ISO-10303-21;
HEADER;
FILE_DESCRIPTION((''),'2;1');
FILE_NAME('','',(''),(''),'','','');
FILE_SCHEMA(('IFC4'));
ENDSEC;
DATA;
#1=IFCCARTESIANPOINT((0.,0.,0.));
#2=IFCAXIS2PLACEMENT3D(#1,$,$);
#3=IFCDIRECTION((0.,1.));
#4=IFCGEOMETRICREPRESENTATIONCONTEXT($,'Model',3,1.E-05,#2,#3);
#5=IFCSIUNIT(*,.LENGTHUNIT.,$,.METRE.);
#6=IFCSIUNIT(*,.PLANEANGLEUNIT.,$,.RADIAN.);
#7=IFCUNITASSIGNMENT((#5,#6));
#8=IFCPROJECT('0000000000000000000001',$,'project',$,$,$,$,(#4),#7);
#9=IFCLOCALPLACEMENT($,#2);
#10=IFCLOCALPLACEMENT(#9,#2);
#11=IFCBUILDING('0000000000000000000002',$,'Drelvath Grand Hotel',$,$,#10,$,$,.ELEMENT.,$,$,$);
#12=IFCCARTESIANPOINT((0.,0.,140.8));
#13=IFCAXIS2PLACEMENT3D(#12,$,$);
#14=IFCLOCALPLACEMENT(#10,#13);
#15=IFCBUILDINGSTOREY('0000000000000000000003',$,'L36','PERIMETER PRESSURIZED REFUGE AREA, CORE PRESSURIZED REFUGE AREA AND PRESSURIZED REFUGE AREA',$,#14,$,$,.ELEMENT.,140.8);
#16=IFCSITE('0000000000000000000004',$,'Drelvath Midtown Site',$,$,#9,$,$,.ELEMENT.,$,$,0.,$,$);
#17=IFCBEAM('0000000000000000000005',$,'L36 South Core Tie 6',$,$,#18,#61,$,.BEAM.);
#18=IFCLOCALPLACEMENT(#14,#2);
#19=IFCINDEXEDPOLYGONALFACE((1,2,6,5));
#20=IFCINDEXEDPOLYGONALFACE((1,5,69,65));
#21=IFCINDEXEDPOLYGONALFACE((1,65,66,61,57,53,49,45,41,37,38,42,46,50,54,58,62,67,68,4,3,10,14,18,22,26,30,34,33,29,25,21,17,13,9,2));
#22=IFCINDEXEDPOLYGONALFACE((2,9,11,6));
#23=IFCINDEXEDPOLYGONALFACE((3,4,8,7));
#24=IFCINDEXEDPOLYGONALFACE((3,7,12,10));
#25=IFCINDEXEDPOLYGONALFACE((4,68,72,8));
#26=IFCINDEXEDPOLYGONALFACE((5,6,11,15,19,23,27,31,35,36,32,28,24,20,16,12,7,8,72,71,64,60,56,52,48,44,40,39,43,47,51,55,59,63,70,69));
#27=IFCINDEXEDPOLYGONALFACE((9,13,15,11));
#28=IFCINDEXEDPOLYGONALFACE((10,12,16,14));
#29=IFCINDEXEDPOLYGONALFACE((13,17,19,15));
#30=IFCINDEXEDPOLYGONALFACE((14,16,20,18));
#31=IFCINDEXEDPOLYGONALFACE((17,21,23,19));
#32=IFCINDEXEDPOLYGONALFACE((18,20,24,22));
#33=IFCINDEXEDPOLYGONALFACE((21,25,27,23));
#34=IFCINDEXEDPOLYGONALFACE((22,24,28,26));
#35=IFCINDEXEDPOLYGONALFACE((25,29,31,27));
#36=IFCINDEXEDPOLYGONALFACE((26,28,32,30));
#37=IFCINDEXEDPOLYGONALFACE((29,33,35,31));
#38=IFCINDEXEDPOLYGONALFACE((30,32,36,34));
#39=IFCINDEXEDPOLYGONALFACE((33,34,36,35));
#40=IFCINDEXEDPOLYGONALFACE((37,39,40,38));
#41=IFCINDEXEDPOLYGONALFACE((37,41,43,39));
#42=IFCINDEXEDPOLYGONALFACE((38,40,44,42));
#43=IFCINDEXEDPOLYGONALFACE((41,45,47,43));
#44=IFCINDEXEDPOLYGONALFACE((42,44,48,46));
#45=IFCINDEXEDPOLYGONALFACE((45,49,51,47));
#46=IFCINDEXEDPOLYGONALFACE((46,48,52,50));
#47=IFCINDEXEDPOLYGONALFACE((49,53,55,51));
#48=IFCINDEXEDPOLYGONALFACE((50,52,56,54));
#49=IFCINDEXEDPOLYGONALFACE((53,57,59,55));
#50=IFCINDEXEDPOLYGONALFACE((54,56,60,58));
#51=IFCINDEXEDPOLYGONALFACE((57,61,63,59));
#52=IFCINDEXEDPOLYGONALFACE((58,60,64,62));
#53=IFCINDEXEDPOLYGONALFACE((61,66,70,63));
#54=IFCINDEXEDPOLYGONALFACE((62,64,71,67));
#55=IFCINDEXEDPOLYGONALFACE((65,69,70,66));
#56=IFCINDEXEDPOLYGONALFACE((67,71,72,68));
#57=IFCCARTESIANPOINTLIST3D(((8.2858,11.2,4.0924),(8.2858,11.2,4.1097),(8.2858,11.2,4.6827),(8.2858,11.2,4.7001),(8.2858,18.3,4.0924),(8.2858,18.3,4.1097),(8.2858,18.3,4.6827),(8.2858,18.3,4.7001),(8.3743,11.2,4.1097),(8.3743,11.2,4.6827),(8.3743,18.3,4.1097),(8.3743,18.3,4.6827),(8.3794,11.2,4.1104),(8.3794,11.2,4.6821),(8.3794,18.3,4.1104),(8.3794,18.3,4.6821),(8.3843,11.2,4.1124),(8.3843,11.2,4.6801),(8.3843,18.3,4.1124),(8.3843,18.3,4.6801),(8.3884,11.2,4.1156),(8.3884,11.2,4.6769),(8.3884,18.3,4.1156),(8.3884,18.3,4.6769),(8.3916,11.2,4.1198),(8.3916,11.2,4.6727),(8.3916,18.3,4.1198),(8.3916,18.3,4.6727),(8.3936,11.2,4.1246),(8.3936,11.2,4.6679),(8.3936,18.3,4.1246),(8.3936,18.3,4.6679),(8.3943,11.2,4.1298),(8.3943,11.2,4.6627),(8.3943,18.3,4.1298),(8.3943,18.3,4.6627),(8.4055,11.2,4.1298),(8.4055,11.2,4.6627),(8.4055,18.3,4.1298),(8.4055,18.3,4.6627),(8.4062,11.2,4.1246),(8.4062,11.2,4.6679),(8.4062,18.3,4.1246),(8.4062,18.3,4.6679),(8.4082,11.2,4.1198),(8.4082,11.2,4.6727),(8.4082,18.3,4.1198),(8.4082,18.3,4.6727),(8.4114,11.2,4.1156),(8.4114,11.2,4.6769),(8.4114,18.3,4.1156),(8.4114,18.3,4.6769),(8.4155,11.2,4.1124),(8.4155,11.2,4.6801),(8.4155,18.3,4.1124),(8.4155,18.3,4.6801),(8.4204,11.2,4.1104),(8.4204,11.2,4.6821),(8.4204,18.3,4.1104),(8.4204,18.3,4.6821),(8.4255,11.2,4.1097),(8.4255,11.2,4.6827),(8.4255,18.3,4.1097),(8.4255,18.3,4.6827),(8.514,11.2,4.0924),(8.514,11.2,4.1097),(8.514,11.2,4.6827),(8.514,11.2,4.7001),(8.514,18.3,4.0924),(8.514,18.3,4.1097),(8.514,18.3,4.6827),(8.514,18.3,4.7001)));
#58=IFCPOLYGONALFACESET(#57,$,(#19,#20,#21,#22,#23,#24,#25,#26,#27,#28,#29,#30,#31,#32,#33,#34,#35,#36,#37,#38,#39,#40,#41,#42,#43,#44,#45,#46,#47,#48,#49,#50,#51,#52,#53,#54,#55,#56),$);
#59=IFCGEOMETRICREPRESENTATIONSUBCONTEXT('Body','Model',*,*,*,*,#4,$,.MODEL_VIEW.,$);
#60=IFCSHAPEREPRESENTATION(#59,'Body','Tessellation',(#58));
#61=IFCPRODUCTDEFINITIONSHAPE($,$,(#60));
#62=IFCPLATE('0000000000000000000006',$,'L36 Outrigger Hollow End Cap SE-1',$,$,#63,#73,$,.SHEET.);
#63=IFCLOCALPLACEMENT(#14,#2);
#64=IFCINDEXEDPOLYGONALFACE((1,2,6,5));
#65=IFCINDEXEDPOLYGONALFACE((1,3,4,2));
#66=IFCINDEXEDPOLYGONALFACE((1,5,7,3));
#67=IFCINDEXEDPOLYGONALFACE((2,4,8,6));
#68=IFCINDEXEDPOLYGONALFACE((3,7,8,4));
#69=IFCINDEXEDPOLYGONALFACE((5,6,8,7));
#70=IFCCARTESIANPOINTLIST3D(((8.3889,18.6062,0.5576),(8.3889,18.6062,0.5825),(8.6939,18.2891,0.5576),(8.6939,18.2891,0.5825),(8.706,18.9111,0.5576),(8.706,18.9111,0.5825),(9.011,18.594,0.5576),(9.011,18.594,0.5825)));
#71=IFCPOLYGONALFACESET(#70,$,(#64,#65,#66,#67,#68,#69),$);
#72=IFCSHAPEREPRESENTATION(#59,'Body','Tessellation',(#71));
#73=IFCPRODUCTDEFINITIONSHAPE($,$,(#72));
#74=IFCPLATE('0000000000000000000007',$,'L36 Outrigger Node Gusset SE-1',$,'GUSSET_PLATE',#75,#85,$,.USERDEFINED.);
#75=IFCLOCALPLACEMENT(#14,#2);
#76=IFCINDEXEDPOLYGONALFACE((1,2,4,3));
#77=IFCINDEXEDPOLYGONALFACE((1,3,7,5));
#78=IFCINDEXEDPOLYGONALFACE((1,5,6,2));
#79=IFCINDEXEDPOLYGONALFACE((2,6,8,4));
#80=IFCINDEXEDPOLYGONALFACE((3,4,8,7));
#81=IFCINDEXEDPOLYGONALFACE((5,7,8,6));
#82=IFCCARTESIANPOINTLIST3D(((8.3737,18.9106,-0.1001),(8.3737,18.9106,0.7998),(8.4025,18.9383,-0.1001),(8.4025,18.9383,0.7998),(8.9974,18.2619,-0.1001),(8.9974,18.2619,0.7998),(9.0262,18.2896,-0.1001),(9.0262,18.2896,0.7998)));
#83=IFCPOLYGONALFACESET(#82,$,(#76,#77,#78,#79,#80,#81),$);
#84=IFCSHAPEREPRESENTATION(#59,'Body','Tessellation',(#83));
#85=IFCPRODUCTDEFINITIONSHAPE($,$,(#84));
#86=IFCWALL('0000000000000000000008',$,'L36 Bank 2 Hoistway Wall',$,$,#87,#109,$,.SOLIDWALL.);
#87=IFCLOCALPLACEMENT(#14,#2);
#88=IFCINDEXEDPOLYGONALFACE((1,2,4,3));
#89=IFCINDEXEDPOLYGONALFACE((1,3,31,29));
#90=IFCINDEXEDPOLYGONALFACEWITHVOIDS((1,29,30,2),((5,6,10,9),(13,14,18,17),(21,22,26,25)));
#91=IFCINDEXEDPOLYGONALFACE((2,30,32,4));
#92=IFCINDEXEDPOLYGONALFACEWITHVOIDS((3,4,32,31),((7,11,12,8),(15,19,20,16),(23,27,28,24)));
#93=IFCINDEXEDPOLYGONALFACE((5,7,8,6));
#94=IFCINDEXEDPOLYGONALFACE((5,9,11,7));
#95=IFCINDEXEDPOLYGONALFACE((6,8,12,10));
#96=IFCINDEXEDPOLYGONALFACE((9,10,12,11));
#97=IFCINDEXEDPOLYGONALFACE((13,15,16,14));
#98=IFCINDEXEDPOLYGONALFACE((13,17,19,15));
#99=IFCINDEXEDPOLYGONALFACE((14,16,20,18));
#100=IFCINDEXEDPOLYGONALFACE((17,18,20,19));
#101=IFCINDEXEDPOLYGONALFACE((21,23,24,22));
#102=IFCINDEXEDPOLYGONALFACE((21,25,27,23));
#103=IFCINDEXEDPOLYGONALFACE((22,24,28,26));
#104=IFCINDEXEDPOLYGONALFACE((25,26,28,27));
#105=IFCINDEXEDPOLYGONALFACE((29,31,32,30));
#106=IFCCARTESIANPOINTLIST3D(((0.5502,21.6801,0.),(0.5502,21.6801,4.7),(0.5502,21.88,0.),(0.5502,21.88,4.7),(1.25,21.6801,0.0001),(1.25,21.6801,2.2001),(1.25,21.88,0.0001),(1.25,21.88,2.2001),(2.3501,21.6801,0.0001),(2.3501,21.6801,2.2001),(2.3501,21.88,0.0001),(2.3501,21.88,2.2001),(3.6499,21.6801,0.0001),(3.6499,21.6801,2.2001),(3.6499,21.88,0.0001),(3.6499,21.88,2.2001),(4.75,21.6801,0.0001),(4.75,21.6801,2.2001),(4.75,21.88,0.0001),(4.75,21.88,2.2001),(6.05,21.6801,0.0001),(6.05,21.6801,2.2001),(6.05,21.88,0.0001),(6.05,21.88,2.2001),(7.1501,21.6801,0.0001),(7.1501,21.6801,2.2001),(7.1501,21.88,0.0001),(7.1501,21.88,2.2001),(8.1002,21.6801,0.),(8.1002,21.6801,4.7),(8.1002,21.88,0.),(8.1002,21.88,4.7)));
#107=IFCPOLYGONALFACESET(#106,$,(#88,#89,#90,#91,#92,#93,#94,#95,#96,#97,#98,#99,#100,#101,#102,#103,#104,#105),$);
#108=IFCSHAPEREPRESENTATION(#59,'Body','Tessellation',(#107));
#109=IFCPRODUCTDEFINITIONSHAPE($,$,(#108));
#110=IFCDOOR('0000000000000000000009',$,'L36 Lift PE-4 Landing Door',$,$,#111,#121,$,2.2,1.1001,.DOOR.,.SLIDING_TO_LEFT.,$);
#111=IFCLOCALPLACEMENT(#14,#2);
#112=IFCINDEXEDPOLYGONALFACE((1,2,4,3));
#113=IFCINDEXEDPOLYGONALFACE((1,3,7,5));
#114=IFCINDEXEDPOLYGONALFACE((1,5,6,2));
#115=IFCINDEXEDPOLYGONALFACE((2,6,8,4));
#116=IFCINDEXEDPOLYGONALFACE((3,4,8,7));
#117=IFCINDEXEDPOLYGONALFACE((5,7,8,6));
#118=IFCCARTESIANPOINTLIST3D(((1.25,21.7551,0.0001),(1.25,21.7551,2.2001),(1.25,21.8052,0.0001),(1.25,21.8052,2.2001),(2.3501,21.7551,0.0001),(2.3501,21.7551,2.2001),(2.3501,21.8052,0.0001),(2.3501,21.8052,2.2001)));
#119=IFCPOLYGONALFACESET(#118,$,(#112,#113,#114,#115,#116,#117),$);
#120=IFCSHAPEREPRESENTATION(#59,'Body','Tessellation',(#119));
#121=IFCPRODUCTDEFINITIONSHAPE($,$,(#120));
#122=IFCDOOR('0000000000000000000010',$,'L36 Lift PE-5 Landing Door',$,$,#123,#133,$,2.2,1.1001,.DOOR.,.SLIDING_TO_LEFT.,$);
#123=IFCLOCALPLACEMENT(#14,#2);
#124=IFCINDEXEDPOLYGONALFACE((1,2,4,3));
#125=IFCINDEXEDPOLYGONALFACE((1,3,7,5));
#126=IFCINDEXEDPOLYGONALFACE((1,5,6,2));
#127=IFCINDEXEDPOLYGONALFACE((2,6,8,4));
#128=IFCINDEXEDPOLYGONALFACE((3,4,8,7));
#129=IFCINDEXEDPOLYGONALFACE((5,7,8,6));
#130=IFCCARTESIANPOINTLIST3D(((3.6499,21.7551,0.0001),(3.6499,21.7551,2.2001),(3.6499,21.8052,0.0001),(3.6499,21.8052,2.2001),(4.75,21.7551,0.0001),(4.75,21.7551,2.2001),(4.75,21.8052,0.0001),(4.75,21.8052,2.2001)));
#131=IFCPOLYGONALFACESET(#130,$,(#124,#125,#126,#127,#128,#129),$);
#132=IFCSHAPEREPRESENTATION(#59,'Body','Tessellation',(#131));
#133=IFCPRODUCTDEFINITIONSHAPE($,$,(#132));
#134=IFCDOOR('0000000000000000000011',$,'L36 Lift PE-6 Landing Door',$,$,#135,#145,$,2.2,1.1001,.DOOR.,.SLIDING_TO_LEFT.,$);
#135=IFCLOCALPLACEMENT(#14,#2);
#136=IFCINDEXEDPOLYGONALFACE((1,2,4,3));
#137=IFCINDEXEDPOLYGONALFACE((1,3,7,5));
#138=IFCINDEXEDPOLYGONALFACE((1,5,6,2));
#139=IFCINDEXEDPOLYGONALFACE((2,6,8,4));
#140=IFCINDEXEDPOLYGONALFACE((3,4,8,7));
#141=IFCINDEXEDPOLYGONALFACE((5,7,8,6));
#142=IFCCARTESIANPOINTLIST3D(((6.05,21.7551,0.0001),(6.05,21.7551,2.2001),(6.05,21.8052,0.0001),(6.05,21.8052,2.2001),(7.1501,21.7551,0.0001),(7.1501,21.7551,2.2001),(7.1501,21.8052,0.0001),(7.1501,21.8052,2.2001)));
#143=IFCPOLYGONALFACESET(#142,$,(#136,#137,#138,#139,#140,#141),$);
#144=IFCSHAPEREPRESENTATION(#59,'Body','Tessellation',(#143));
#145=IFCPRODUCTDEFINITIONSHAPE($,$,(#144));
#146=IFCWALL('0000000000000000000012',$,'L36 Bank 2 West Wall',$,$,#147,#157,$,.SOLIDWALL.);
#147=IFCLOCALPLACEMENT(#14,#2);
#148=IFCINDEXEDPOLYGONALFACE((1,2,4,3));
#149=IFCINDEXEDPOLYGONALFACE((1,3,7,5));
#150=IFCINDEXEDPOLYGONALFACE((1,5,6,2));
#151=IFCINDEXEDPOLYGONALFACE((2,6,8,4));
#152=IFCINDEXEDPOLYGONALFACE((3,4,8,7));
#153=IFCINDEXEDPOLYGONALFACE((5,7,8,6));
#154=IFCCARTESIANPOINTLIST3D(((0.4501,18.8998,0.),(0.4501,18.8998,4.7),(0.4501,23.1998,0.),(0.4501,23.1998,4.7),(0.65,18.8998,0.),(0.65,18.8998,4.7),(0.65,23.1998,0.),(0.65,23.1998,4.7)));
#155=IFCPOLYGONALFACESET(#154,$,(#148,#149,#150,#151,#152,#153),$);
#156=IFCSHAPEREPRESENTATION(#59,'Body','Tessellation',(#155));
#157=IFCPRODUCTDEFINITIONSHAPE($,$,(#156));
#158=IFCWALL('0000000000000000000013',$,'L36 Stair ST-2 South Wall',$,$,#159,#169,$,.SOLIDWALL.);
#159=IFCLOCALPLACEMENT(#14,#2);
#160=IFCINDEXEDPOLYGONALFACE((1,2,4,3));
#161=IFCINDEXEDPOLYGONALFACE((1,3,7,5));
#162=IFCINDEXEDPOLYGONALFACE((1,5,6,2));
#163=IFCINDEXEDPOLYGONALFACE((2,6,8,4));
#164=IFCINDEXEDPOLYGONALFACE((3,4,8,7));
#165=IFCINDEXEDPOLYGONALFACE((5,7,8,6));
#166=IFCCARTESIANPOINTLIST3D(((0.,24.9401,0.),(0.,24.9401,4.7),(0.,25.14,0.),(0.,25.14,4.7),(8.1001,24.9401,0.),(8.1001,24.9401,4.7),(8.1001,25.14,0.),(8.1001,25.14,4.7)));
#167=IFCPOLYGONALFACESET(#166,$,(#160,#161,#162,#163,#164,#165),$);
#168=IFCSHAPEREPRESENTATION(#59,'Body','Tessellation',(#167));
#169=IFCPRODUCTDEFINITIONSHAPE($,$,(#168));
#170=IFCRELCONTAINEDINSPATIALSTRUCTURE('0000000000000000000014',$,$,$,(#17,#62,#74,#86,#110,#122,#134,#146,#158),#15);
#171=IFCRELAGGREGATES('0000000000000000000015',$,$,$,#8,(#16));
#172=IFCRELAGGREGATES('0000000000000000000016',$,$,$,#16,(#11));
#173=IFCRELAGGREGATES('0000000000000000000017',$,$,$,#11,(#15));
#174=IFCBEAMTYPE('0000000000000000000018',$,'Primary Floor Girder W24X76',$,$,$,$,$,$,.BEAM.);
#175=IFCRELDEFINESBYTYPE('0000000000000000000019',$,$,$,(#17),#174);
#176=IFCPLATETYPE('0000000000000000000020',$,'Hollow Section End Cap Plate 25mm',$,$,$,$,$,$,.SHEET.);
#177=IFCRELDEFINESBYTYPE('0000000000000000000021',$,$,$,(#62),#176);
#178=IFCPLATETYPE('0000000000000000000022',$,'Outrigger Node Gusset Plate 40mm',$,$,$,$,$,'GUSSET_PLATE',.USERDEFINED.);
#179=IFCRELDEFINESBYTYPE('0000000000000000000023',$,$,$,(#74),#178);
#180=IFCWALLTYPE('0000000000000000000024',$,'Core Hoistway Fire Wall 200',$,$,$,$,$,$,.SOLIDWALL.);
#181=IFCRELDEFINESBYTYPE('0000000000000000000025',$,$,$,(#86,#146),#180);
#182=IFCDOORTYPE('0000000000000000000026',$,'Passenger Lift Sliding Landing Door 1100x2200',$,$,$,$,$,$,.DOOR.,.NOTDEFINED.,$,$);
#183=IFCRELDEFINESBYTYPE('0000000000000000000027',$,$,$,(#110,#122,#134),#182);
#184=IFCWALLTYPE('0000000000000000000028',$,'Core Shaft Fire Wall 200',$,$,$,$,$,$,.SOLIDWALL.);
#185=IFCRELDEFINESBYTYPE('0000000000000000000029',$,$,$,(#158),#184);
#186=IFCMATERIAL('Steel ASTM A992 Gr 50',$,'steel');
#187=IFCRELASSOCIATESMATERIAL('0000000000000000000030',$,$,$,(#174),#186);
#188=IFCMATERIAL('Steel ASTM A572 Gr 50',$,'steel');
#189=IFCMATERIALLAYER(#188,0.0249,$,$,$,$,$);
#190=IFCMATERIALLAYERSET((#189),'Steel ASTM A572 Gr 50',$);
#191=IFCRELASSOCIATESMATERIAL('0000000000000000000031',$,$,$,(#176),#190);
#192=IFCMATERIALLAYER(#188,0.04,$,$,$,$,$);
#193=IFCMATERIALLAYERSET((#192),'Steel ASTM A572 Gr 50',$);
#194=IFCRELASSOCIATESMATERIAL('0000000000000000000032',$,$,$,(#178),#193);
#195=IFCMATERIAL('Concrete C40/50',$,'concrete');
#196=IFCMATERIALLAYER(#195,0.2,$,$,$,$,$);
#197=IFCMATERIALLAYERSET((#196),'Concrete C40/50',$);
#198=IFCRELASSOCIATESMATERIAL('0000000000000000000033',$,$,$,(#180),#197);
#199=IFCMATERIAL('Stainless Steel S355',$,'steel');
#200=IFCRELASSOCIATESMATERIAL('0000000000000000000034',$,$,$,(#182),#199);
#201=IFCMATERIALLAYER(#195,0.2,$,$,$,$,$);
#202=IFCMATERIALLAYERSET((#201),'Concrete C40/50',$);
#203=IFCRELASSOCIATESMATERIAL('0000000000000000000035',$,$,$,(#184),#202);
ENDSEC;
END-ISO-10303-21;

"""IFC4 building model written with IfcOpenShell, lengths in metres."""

from ifc_helpers import new_model, si_unit, direction, frame, frame_2d, origin, origin_2d, place, context, subcontext, project, spatial, rectangle, i_section, extrude, material, layer, layer_set, material_profile, profile_set, type_object, element, fill, save


model = new_model("IFC4")

# Units and contexts
model_context = context("Model", 3, precision=1e-05, world=origin(), true_north=direction((0.0, 1.0)))
body_context = subcontext(model_context, "Body", "Model", "MODEL_VIEW")
ifc_project = project(units=[si_unit("LENGTHUNIT", "METRE"), si_unit("PLANEANGLEUNIT", "RADIAN")], contexts=[model_context])

# Site, building, storey
site_placement = place(None, origin())
site = spatial("IfcSite", under=ifc_project, at=site_placement, Name="Drelvath Midtown Site", CompositionType="ELEMENT", RefElevation=0.0)
building_placement = place(site_placement, origin())
building = spatial("IfcBuilding", under=site, at=building_placement, Name="Drelvath Grand Hotel", CompositionType="ELEMENT")
storey_placement = place(building_placement, frame((0.0, 0.0, 140.8)))
storey = spatial("IfcBuildingStorey", under=building, at=storey_placement, Name="L36", Description="PERIMETER PRESSURIZED REFUGE AREA, CORE PRESSURIZED REFUGE AREA AND PRESSURIZED REFUGE AREA", CompositionType="ELEMENT", Elevation=140.8)

# Beam
ifc_material_1 = material(Name="Steel ASTM A992 Gr 50", Category="steel")
ifc_material_profile_1 = material_profile(ifc_material_1, i_section(OverallWidth=0.2283, OverallDepth=0.6077, WebThickness=0.0112, FlangeThickness=0.0173, FilletRadius=0.02, at=origin_2d()), Name="W24X76")
ifc_profile_set_1 = profile_set([ifc_material_profile_1], Name="Steel ASTM A992 Gr 50")
beam_type_1 = type_object("IfcBeamType", Name="Primary Floor Girder W24X76", PredefinedType="BEAM", material=ifc_profile_set_1)
for number, where, z_axis, x_axis, name in (
    (1, (8.3999, 11.2, 4.3962), (0.0, 1.0, 0.0), (-1.0, 0.0, 0.0), "L36 South Core Tie 6"),
):
    element("IfcBeam", number, at=place(storey_placement, frame(where, z_axis=z_axis, x_axis=x_axis)), inside=storey, type_object=beam_type_1, Name=name, PredefinedType="BEAM", context=body_context, shape_type="SweptSolid", body=[
        extrude(i_section(OverallWidth=0.2283, OverallDepth=0.6077, WebThickness=0.0112, FlangeThickness=0.0173, FilletRadius=0.02, at=origin_2d()), origin(), (0.0, 0.0, 1.0), 7.1001),
    ])

# Plates
ifc_material_2 = material(Name="Steel ASTM A572 Gr 50", Category="steel")
ifc_layer_1 = layer(ifc_material_2, 0.0249)
ifc_layer_set_1 = layer_set([ifc_layer_1], Name="Steel ASTM A572 Gr 50")
plate_type_1 = type_object("IfcPlateType", Name="Hollow Section End Cap Plate 25mm", PredefinedType="SHEET", material=ifc_layer_set_1)
plate_1_placement = place(storey_placement, frame((8.7, 18.6001, 0.5576), z_axis=(0.0, 0.0, 1.0), x_axis=(0.693109, -0.720833, 0.0)))
element("IfcPlate", 2, at=plate_1_placement, inside=storey, type_object=plate_type_1, Name="L36 Outrigger Hollow End Cap SE-1", PredefinedType="SHEET", context=body_context, shape_type="SweptSolid", body=[
    extrude(rectangle(XDim=0.4399, YDim=0.4399, at=origin_2d()), origin(), (0.0, 0.0, 1.0), 0.0249),
])
ifc_layer_2 = layer(ifc_material_2, 0.04)
ifc_layer_set_2 = layer_set([ifc_layer_2], Name="Steel ASTM A572 Gr 50")
plate_type_2 = type_object("IfcPlateType", Name="Outrigger Node Gusset Plate 40mm", ElementType="GUSSET_PLATE", PredefinedType="USERDEFINED", material=ifc_layer_set_2)
plate_2_placement = place(storey_placement, frame((8.7, 18.6001, -0.1001), z_axis=(0.0, 0.0, 1.0), x_axis=(0.693109, -0.720833, 0.0)))
element("IfcPlate", 3, at=plate_2_placement, inside=storey, type_object=plate_type_2, Name="L36 Outrigger Node Gusset SE-1", ObjectType="GUSSET_PLATE", PredefinedType="USERDEFINED", context=body_context, shape_type="SweptSolid", body=[
    extrude(rectangle(XDim=0.8999, YDim=0.04, at=origin_2d()), origin(), (0.0, 0.0, 1.0), 0.8999),
])

# Wall, openings, doors
ifc_material_3 = material(Name="Concrete C40/50", Category="concrete")
ifc_layer_3 = layer(ifc_material_3, 0.2)
ifc_layer_set_3 = layer_set([ifc_layer_3], Name="Concrete C40/50")
wall_type_1 = type_object("IfcWallType", Name="Core Hoistway Fire Wall 200", PredefinedType="SOLIDWALL", material=ifc_layer_set_3)
wall_1_placement = place(storey_placement, frame((8.1001, 21.78, 0.0), z_axis=(0.0, 0.0, 1.0), x_axis=(-1.0, 0.0, 0.0)))
wall_1 = element("IfcWall", 4, at=wall_1_placement, inside=storey, type_object=wall_type_1, Name="L36 Bank 2 Hoistway Wall", PredefinedType="SOLIDWALL", context=body_context, shape_type="SweptSolid", body=[
    extrude(rectangle(XDim=7.55, YDim=0.2, at=frame_2d((3.7749, 0.0))), origin(), (0.0, 0.0, 1.0), 4.7),
])
opening_1_placement = place(wall_1_placement, frame((5.75, 0.0, 0.0)))
opening_1 = element("IfcOpeningElement", 5, at=opening_1_placement, cuts=wall_1, PredefinedType="OPENING", context=body_context, shape_type="SweptSolid", body=[
    extrude(rectangle(XDim=1.1001, YDim=2.2, at=frame_2d((0.55, 1.1001))), frame((0.0, 0.1099, 0.0), z_axis=(0.0, -1.0, 0.0), x_axis=(1.0, 0.0, 0.0)), (0.0, 0.0, 1.0), 0.22),
])
opening_2_placement = place(wall_1_placement, frame((3.3501, 0.0, 0.0)))
opening_2 = element("IfcOpeningElement", 6, at=opening_2_placement, cuts=wall_1, PredefinedType="OPENING", context=body_context, shape_type="SweptSolid", body=[
    extrude(rectangle(XDim=1.1001, YDim=2.2, at=frame_2d((0.55, 1.1001))), frame((0.0, 0.1099, 0.0), z_axis=(0.0, -1.0, 0.0), x_axis=(1.0, 0.0, 0.0)), (0.0, 0.0, 1.0), 0.22),
])
opening_3_placement = place(wall_1_placement, frame((0.95, 0.0, 0.0)))
opening_3 = element("IfcOpeningElement", 7, at=opening_3_placement, cuts=wall_1, PredefinedType="OPENING", context=body_context, shape_type="SweptSolid", body=[
    extrude(rectangle(XDim=1.1001, YDim=2.2, at=frame_2d((0.55, 1.1001))), frame((0.0, 0.1099, 0.0), z_axis=(0.0, -1.0, 0.0), x_axis=(1.0, 0.0, 0.0)), (0.0, 0.0, 1.0), 0.22),
])
ifc_material_4 = material(Name="Stainless Steel S355", Category="steel")
door_type = type_object("IfcDoorType", Name="Passenger Lift Sliding Landing Door 1100x2200", OperationType="NOTDEFINED", PredefinedType="DOOR", material=ifc_material_4)
door_1_placement = place(opening_1_placement, origin())
door_1 = element("IfcDoor", 8, at=door_1_placement, inside=storey, type_object=door_type, Name="L36 Lift PE-4 Landing Door", OperationType="SLIDING_TO_LEFT", OverallHeight=2.2, OverallWidth=1.1001, PredefinedType="DOOR", context=body_context, shape_type="SweptSolid", body=[
    extrude(rectangle(XDim=1.1001, YDim=2.2, at=frame_2d((0.55, 1.1001))), frame((0.0, 0.0249, 0.0), z_axis=(0.0, -1.0, 0.0), x_axis=(1.0, 0.0, 0.0)), (0.0, 0.0, 1.0), 0.05),
])
fill(opening_1, door_1)
door_2_placement = place(opening_2_placement, origin())
door_2 = element("IfcDoor", 9, at=door_2_placement, inside=storey, type_object=door_type, Name="L36 Lift PE-5 Landing Door", OperationType="SLIDING_TO_LEFT", OverallHeight=2.2, OverallWidth=1.1001, PredefinedType="DOOR", context=body_context, shape_type="SweptSolid", body=[
    extrude(rectangle(XDim=1.1001, YDim=2.2, at=frame_2d((0.55, 1.1001))), frame((0.0, 0.0249, 0.0), z_axis=(0.0, -1.0, 0.0), x_axis=(1.0, 0.0, 0.0)), (0.0, 0.0, 1.0), 0.05),
])
fill(opening_2, door_2)
door_3_placement = place(opening_3_placement, origin())
door_3 = element("IfcDoor", 10, at=door_3_placement, inside=storey, type_object=door_type, Name="L36 Lift PE-6 Landing Door", OperationType="SLIDING_TO_LEFT", OverallHeight=2.2, OverallWidth=1.1001, PredefinedType="DOOR", context=body_context, shape_type="SweptSolid", body=[
    extrude(rectangle(XDim=1.1001, YDim=2.2, at=frame_2d((0.55, 1.1001))), frame((0.0, 0.0249, 0.0), z_axis=(0.0, -1.0, 0.0), x_axis=(1.0, 0.0, 0.0)), (0.0, 0.0, 1.0), 0.05),
])
fill(opening_3, door_3)

# Walls
wall_2_placement = place(storey_placement, frame((0.55, 18.8999, 0.0), z_axis=(0.0, 0.0, 1.0), x_axis=(0.0, 1.0, 0.0)))
element("IfcWall", 11, at=wall_2_placement, inside=storey, type_object=wall_type_1, Name="L36 Bank 2 West Wall", PredefinedType="SOLIDWALL", context=body_context, shape_type="SweptSolid", body=[
    extrude(rectangle(XDim=4.3, YDim=0.2, at=frame_2d((2.1499, 0.0))), origin(), (0.0, 0.0, 1.0), 4.7),
])
ifc_layer_4 = layer(ifc_material_3, 0.2)
ifc_layer_set_4 = layer_set([ifc_layer_4], Name="Concrete C40/50")
wall_type_2 = type_object("IfcWallType", Name="Core Shaft Fire Wall 200", PredefinedType="SOLIDWALL", material=ifc_layer_set_4)
wall_3_placement = place(storey_placement, frame((0.0, 25.04, 0.0), z_axis=(0.0, 0.0, 1.0), x_axis=(1.0, 0.0, 0.0)))
element("IfcWall", 12, at=wall_3_placement, inside=storey, type_object=wall_type_2, Name="L36 Stair ST-2 South Wall", PredefinedType="SOLIDWALL", context=body_context, shape_type="SweptSolid", body=[
    extrude(rectangle(XDim=8.1001, YDim=0.2, at=frame_2d((4.05, 0.0))), origin(), (0.0, 0.0, 1.0), 4.7),
])

save(model, "model.ifc")
